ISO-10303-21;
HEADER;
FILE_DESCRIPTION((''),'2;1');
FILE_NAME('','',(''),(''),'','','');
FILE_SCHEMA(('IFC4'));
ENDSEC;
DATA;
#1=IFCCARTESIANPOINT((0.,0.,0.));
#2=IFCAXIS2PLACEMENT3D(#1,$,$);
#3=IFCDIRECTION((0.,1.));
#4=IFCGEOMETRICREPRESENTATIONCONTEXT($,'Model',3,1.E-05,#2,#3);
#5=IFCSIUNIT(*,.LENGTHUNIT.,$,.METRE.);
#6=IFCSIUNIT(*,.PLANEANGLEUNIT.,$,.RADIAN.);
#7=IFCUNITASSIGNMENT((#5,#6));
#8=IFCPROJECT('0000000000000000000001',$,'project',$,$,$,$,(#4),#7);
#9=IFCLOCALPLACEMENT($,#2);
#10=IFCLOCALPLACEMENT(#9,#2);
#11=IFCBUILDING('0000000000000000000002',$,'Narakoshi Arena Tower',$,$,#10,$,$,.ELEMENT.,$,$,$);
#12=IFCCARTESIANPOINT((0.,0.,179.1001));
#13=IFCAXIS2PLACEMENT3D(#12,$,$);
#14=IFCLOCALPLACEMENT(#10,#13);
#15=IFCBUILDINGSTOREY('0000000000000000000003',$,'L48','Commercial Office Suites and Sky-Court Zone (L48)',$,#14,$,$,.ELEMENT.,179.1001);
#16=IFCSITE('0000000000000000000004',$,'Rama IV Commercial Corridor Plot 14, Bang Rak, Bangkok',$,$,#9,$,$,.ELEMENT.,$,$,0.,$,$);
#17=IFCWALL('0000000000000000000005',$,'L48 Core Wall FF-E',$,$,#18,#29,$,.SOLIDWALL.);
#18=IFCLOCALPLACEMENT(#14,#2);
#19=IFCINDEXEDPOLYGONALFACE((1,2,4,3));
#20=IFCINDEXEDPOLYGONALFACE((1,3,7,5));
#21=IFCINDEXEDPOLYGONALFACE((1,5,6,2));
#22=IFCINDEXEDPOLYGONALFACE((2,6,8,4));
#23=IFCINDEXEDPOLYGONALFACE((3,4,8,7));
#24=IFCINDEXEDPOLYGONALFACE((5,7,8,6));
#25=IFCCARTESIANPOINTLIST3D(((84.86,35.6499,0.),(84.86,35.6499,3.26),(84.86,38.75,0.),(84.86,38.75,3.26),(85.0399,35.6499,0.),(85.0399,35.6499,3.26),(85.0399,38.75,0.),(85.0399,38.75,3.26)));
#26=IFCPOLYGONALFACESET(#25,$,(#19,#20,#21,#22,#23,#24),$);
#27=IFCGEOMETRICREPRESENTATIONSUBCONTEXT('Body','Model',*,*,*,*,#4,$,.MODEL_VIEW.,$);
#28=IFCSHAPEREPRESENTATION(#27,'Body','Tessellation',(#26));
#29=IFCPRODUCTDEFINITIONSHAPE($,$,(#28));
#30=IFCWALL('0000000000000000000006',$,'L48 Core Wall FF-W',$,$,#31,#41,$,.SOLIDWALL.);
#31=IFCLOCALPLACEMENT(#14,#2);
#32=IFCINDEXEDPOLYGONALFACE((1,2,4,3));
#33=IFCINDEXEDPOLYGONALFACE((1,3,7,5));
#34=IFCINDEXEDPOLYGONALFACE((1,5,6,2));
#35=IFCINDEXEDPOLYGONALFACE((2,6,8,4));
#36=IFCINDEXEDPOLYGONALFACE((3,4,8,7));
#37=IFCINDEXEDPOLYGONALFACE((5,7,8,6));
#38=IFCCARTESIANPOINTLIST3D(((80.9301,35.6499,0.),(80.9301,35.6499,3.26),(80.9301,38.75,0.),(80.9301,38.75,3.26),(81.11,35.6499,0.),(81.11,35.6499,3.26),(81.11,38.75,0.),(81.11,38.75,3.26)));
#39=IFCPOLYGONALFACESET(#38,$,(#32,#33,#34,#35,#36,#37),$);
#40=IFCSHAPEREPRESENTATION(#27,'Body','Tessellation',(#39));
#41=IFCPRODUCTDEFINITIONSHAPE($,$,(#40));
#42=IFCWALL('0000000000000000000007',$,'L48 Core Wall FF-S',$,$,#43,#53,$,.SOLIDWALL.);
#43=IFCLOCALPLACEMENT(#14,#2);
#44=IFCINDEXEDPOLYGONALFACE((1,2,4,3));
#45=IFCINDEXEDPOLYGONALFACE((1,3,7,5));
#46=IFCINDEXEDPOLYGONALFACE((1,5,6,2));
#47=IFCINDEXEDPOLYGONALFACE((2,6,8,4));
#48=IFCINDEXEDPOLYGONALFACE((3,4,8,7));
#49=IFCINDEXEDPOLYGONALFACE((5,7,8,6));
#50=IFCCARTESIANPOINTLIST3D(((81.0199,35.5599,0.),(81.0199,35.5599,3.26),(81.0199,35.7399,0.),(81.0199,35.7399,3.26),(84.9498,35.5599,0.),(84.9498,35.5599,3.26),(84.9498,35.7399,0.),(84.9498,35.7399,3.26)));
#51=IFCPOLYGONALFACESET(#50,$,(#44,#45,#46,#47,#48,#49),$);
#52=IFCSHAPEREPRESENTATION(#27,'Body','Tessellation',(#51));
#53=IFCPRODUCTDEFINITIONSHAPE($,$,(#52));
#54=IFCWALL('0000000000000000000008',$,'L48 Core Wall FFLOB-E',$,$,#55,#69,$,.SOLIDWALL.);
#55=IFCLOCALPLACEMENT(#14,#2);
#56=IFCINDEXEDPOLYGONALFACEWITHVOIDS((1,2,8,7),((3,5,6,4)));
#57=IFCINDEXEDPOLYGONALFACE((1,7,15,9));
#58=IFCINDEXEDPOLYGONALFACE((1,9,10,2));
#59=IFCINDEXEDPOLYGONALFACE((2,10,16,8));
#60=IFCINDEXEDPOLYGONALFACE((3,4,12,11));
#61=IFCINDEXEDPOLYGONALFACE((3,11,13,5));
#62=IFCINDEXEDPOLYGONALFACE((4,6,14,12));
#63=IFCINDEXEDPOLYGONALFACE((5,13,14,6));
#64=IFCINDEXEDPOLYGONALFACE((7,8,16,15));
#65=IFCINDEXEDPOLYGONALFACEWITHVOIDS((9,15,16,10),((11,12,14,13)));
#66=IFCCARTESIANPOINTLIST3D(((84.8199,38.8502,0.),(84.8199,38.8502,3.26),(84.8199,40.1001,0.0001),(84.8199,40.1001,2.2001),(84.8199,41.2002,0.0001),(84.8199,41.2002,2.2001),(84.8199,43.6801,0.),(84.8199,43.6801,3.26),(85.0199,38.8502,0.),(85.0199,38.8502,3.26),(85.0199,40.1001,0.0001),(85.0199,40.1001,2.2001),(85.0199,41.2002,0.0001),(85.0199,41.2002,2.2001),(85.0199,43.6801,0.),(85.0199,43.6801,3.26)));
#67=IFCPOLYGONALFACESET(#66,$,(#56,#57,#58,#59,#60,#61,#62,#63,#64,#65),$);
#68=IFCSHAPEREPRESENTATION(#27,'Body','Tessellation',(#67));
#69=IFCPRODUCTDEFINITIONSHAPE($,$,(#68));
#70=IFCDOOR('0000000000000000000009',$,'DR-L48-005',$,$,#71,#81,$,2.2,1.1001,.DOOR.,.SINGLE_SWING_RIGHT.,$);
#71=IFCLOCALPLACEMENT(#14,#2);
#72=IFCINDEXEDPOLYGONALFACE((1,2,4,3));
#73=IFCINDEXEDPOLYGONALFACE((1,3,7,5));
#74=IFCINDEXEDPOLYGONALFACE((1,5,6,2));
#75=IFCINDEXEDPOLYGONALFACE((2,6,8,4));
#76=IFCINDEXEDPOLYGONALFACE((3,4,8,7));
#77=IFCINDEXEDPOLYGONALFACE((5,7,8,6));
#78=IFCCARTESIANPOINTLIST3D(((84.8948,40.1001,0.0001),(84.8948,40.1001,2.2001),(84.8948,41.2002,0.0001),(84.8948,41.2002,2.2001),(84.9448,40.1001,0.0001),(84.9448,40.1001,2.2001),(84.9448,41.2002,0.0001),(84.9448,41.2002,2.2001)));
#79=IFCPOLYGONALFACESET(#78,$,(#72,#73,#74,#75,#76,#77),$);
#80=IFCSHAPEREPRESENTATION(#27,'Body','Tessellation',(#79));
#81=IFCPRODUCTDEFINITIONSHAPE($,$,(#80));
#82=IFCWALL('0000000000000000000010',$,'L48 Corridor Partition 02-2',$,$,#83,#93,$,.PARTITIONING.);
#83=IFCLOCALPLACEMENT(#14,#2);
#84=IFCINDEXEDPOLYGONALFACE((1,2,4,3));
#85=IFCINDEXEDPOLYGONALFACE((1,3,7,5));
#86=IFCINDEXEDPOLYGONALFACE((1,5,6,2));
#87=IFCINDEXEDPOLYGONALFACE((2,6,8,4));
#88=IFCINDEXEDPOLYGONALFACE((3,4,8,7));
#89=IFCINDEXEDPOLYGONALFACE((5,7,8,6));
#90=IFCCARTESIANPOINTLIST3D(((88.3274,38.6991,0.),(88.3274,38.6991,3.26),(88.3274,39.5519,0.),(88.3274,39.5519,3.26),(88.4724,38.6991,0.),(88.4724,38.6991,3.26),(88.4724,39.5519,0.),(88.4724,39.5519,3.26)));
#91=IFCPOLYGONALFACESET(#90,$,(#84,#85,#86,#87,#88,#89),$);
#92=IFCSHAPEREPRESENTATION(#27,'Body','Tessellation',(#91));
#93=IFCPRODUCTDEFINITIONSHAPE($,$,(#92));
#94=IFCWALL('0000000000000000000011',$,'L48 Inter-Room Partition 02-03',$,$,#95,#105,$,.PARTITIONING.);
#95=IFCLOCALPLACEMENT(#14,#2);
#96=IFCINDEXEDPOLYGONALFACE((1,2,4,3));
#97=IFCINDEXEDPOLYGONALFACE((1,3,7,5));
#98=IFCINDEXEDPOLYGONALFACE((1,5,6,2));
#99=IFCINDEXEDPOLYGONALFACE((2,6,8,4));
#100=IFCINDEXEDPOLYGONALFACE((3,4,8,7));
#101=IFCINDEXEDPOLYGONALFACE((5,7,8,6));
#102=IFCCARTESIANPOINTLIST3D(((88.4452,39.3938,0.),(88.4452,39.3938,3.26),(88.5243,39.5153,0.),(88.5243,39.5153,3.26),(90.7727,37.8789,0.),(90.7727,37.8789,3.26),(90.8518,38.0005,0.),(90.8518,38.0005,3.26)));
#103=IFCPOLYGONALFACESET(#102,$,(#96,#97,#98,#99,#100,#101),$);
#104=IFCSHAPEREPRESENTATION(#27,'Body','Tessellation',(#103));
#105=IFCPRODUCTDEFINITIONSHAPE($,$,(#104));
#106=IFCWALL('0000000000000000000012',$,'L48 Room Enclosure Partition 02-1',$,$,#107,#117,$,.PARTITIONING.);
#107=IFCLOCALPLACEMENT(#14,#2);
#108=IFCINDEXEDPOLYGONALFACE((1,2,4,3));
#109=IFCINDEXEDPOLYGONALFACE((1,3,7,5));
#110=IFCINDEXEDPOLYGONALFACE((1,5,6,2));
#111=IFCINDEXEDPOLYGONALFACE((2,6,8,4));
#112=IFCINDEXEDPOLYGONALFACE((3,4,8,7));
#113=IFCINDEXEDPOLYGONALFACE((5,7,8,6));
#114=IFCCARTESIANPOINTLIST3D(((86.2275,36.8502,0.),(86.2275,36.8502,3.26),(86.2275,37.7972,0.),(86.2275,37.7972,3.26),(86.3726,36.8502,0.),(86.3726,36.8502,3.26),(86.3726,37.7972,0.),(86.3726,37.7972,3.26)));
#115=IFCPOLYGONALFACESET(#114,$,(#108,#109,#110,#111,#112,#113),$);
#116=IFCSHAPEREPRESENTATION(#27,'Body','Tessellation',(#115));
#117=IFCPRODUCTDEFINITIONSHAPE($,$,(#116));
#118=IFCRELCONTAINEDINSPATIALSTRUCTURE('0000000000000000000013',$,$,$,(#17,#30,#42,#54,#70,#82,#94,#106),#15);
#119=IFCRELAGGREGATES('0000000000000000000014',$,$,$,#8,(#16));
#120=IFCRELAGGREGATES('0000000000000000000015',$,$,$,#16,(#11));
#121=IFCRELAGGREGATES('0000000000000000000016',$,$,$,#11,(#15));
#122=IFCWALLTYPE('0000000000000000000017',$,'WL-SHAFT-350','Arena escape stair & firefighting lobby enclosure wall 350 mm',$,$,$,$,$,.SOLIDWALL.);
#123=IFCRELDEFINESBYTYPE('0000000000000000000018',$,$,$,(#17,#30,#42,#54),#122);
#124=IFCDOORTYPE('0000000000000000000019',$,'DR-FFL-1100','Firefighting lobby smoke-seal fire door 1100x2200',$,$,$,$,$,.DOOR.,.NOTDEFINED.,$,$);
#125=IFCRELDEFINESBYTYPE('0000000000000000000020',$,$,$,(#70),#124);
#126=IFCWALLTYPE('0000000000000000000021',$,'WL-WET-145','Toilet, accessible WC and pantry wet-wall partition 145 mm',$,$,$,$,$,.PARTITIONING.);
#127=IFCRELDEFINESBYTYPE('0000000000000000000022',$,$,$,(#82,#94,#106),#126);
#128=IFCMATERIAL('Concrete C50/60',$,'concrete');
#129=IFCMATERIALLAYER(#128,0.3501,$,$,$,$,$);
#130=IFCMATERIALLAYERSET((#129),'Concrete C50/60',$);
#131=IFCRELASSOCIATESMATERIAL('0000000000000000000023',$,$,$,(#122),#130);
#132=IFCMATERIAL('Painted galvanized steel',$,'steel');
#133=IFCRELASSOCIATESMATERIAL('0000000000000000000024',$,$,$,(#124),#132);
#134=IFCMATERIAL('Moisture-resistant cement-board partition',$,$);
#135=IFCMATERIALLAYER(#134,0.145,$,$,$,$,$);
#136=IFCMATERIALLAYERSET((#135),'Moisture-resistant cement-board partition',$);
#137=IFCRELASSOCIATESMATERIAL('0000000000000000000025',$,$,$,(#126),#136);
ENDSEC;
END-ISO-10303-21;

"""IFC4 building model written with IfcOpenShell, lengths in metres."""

from ifc_helpers import new_model, si_unit, direction, frame, frame_2d, origin, place, context, subcontext, project, spatial, rectangle, extrude, material, layer, layer_set, type_object, element, fill, save


model = new_model("IFC4")

# Units and contexts
model_context = context("Model", 3, precision=1e-05, world=origin(), true_north=direction((0.0, 1.0)))
body_context = subcontext(model_context, "Body", "Model", "MODEL_VIEW")
ifc_project = project(units=[si_unit("LENGTHUNIT", "METRE"), si_unit("PLANEANGLEUNIT", "RADIAN")], contexts=[model_context])

# Site, building, storey
site_placement = place(None, origin())
site = spatial("IfcSite", under=ifc_project, at=site_placement, Name="Rama IV Commercial Corridor Plot 14, Bang Rak, Bangkok", CompositionType="ELEMENT", RefElevation=0.0)
building_placement = place(site_placement, origin())
building = spatial("IfcBuilding", under=site, at=building_placement, Name="Narakoshi Arena Tower", CompositionType="ELEMENT")
storey_placement = place(building_placement, frame((0.0, 0.0, 179.1001)))
storey = spatial("IfcBuildingStorey", under=building, at=storey_placement, Name="L48", Description="Commercial Office Suites and Sky-Court Zone (L48)", CompositionType="ELEMENT", Elevation=179.1001)

# Shared definitions
ifc_material_1 = material(Name="Concrete C50/60", Category="concrete")

# Shared definitions
ifc_layer_1 = layer(ifc_material_1, 0.3501)
ifc_layer_set_1 = layer_set([ifc_layer_1], Name="Concrete C50/60")
wall_type_1 = type_object("IfcWallType", Name="WL-SHAFT-350", Description="Arena escape stair & firefighting lobby enclosure wall 350 mm", PredefinedType="SOLIDWALL", material=ifc_layer_set_1)

# Shared definitions
ifc_material_2 = material(Name="Painted galvanized steel", Category="steel")

# Walls
for number, where, z_axis, x_axis, name in (
    (1, (84.95, 35.6499, 0.0), (0.0, 0.0, 1.0), (0.0, 1.0, 0.0), "L48 Core Wall FF-E"),
    (2, (81.02, 35.6499, 0.0), (0.0, 0.0, 1.0), (0.0, 1.0, 0.0), "L48 Core Wall FF-W"),
):
    element("IfcWall", number, at=place(storey_placement, frame(where, z_axis=z_axis, x_axis=x_axis)), inside=storey, type_object=wall_type_1, Name=name, PredefinedType="SOLIDWALL", context=body_context, shape_type="SweptSolid", body=[
        extrude(rectangle(XDim=3.1001, YDim=0.1799, at=frame_2d((1.55, 0.0))), origin(), (0.0, 0.0, 1.0), 3.26),
    ])
wall_1_placement = place(storey_placement, frame((81.02, 35.6499, 0.0), z_axis=(0.0, 0.0, 1.0), x_axis=(1.0, 0.0, 0.0)))
element("IfcWall", 3, at=wall_1_placement, inside=storey, type_object=wall_type_1, Name="L48 Core Wall FF-S", PredefinedType="SOLIDWALL", context=body_context, shape_type="SweptSolid", body=[
    extrude(rectangle(XDim=3.9299, YDim=0.1799, at=frame_2d((1.9648, 0.0))), origin(), (0.0, 0.0, 1.0), 3.26),
])

# Wall, opening, door
wall_2_placement = place(storey_placement, frame((84.9199, 38.8501, 0.0), z_axis=(0.0, 0.0, 1.0), x_axis=(0.0, 1.0, 0.0)))
wall_2 = element("IfcWall", 4, at=wall_2_placement, inside=storey, type_object=wall_type_1, Name="L48 Core Wall FFLOB-E", PredefinedType="SOLIDWALL", context=body_context, shape_type="SweptSolid", body=[
    extrude(rectangle(XDim=4.8298, YDim=0.2, at=frame_2d((2.415, 0.0))), origin(), (0.0, 0.0, 1.0), 3.26),
])
opening_1_placement = place(wall_2_placement, frame((1.25, 0.0, 0.0)))
opening_1 = element("IfcOpeningElement", 5, at=opening_1_placement, cuts=wall_2, PredefinedType="OPENING", context=body_context, shape_type="SweptSolid", body=[
    extrude(rectangle(XDim=1.1001, YDim=2.2, at=frame_2d((0.55, 1.1001))), frame((0.0, 0.1099, 0.0), z_axis=(0.0, -1.0, 0.0), x_axis=(1.0, 0.0, 0.0)), (0.0, 0.0, 1.0), 0.22),
])
door_type_1 = type_object("IfcDoorType", Name="DR-FFL-1100", Description="Firefighting lobby smoke-seal fire door 1100x2200", OperationType="NOTDEFINED", PredefinedType="DOOR", material=ifc_material_2)
door_1_placement = place(opening_1_placement, frame((1.1001, 0.0, 0.0), z_axis=(0.0, 0.0, 1.0), x_axis=(-1.0, 0.0, 0.0)))
door_1 = element("IfcDoor", 6, at=door_1_placement, inside=storey, type_object=door_type_1, Name="DR-L48-005", OperationType="SINGLE_SWING_RIGHT", OverallHeight=2.2, OverallWidth=1.1001, PredefinedType="DOOR", context=body_context, shape_type="SweptSolid", body=[
    extrude(rectangle(XDim=1.1001, YDim=2.2, at=frame_2d((0.55, 1.1001))), frame((0.0, 0.0249, 0.0), z_axis=(0.0, -1.0, 0.0), x_axis=(1.0, 0.0, 0.0)), (0.0, 0.0, 1.0), 0.05),
])
fill(opening_1, door_1)
ifc_material_3 = material(Name="Moisture-resistant cement-board partition")
ifc_layer_2 = layer(ifc_material_3, 0.145)
ifc_layer_set_2 = layer_set([ifc_layer_2], Name="Moisture-resistant cement-board partition")
wall_type_2 = type_object("IfcWallType", Name="WL-WET-145", Description="Toilet, accessible WC and pantry wet-wall partition 145 mm", PredefinedType="PARTITIONING", material=ifc_layer_set_2)

# Walls
wall_3_placement = place(storey_placement, frame((88.3999, 38.6992, 0.0), z_axis=(0.0, 0.0, 1.0), x_axis=(0.0, 1.0, 0.0)))
element("IfcWall", 7, at=wall_3_placement, inside=storey, type_object=wall_type_2, Name="L48 Corridor Partition 02-2", PredefinedType="PARTITIONING", context=body_context, shape_type="SweptSolid", body=[
    extrude(rectangle(XDim=0.8528, YDim=0.145, at=frame_2d((0.4263, 0.0))), origin(), (0.0, 0.0, 1.0), 3.26),
])
wall_4_placement = place(storey_placement, frame((88.4846, 39.4546, 0.0), z_axis=(0.0, 0.0, 1.0), x_axis=(0.838126, -0.545476, 0.0)))
element("IfcWall", 8, at=wall_4_placement, inside=storey, type_object=wall_type_2, Name="L48 Inter-Room Partition 02-03", PredefinedType="PARTITIONING", context=body_context, shape_type="SweptSolid", body=[
    extrude(rectangle(XDim=2.7771, YDim=0.145, at=frame_2d((1.3887, 0.0))), origin(), (0.0, 0.0, 1.0), 3.26),
])
wall_5_placement = place(storey_placement, frame((86.3, 36.8501, 0.0), z_axis=(0.0, 0.0, 1.0), x_axis=(0.0, 1.0, 0.0)))
element("IfcWall", 9, at=wall_5_placement, inside=storey, type_object=wall_type_2, Name="L48 Room Enclosure Partition 02-1", PredefinedType="PARTITIONING", context=body_context, shape_type="SweptSolid", body=[
    extrude(rectangle(XDim=0.947, YDim=0.145, at=frame_2d((0.4736, 0.0))), origin(), (0.0, 0.0, 1.0), 3.26),
])

save(model, "model.ifc")
